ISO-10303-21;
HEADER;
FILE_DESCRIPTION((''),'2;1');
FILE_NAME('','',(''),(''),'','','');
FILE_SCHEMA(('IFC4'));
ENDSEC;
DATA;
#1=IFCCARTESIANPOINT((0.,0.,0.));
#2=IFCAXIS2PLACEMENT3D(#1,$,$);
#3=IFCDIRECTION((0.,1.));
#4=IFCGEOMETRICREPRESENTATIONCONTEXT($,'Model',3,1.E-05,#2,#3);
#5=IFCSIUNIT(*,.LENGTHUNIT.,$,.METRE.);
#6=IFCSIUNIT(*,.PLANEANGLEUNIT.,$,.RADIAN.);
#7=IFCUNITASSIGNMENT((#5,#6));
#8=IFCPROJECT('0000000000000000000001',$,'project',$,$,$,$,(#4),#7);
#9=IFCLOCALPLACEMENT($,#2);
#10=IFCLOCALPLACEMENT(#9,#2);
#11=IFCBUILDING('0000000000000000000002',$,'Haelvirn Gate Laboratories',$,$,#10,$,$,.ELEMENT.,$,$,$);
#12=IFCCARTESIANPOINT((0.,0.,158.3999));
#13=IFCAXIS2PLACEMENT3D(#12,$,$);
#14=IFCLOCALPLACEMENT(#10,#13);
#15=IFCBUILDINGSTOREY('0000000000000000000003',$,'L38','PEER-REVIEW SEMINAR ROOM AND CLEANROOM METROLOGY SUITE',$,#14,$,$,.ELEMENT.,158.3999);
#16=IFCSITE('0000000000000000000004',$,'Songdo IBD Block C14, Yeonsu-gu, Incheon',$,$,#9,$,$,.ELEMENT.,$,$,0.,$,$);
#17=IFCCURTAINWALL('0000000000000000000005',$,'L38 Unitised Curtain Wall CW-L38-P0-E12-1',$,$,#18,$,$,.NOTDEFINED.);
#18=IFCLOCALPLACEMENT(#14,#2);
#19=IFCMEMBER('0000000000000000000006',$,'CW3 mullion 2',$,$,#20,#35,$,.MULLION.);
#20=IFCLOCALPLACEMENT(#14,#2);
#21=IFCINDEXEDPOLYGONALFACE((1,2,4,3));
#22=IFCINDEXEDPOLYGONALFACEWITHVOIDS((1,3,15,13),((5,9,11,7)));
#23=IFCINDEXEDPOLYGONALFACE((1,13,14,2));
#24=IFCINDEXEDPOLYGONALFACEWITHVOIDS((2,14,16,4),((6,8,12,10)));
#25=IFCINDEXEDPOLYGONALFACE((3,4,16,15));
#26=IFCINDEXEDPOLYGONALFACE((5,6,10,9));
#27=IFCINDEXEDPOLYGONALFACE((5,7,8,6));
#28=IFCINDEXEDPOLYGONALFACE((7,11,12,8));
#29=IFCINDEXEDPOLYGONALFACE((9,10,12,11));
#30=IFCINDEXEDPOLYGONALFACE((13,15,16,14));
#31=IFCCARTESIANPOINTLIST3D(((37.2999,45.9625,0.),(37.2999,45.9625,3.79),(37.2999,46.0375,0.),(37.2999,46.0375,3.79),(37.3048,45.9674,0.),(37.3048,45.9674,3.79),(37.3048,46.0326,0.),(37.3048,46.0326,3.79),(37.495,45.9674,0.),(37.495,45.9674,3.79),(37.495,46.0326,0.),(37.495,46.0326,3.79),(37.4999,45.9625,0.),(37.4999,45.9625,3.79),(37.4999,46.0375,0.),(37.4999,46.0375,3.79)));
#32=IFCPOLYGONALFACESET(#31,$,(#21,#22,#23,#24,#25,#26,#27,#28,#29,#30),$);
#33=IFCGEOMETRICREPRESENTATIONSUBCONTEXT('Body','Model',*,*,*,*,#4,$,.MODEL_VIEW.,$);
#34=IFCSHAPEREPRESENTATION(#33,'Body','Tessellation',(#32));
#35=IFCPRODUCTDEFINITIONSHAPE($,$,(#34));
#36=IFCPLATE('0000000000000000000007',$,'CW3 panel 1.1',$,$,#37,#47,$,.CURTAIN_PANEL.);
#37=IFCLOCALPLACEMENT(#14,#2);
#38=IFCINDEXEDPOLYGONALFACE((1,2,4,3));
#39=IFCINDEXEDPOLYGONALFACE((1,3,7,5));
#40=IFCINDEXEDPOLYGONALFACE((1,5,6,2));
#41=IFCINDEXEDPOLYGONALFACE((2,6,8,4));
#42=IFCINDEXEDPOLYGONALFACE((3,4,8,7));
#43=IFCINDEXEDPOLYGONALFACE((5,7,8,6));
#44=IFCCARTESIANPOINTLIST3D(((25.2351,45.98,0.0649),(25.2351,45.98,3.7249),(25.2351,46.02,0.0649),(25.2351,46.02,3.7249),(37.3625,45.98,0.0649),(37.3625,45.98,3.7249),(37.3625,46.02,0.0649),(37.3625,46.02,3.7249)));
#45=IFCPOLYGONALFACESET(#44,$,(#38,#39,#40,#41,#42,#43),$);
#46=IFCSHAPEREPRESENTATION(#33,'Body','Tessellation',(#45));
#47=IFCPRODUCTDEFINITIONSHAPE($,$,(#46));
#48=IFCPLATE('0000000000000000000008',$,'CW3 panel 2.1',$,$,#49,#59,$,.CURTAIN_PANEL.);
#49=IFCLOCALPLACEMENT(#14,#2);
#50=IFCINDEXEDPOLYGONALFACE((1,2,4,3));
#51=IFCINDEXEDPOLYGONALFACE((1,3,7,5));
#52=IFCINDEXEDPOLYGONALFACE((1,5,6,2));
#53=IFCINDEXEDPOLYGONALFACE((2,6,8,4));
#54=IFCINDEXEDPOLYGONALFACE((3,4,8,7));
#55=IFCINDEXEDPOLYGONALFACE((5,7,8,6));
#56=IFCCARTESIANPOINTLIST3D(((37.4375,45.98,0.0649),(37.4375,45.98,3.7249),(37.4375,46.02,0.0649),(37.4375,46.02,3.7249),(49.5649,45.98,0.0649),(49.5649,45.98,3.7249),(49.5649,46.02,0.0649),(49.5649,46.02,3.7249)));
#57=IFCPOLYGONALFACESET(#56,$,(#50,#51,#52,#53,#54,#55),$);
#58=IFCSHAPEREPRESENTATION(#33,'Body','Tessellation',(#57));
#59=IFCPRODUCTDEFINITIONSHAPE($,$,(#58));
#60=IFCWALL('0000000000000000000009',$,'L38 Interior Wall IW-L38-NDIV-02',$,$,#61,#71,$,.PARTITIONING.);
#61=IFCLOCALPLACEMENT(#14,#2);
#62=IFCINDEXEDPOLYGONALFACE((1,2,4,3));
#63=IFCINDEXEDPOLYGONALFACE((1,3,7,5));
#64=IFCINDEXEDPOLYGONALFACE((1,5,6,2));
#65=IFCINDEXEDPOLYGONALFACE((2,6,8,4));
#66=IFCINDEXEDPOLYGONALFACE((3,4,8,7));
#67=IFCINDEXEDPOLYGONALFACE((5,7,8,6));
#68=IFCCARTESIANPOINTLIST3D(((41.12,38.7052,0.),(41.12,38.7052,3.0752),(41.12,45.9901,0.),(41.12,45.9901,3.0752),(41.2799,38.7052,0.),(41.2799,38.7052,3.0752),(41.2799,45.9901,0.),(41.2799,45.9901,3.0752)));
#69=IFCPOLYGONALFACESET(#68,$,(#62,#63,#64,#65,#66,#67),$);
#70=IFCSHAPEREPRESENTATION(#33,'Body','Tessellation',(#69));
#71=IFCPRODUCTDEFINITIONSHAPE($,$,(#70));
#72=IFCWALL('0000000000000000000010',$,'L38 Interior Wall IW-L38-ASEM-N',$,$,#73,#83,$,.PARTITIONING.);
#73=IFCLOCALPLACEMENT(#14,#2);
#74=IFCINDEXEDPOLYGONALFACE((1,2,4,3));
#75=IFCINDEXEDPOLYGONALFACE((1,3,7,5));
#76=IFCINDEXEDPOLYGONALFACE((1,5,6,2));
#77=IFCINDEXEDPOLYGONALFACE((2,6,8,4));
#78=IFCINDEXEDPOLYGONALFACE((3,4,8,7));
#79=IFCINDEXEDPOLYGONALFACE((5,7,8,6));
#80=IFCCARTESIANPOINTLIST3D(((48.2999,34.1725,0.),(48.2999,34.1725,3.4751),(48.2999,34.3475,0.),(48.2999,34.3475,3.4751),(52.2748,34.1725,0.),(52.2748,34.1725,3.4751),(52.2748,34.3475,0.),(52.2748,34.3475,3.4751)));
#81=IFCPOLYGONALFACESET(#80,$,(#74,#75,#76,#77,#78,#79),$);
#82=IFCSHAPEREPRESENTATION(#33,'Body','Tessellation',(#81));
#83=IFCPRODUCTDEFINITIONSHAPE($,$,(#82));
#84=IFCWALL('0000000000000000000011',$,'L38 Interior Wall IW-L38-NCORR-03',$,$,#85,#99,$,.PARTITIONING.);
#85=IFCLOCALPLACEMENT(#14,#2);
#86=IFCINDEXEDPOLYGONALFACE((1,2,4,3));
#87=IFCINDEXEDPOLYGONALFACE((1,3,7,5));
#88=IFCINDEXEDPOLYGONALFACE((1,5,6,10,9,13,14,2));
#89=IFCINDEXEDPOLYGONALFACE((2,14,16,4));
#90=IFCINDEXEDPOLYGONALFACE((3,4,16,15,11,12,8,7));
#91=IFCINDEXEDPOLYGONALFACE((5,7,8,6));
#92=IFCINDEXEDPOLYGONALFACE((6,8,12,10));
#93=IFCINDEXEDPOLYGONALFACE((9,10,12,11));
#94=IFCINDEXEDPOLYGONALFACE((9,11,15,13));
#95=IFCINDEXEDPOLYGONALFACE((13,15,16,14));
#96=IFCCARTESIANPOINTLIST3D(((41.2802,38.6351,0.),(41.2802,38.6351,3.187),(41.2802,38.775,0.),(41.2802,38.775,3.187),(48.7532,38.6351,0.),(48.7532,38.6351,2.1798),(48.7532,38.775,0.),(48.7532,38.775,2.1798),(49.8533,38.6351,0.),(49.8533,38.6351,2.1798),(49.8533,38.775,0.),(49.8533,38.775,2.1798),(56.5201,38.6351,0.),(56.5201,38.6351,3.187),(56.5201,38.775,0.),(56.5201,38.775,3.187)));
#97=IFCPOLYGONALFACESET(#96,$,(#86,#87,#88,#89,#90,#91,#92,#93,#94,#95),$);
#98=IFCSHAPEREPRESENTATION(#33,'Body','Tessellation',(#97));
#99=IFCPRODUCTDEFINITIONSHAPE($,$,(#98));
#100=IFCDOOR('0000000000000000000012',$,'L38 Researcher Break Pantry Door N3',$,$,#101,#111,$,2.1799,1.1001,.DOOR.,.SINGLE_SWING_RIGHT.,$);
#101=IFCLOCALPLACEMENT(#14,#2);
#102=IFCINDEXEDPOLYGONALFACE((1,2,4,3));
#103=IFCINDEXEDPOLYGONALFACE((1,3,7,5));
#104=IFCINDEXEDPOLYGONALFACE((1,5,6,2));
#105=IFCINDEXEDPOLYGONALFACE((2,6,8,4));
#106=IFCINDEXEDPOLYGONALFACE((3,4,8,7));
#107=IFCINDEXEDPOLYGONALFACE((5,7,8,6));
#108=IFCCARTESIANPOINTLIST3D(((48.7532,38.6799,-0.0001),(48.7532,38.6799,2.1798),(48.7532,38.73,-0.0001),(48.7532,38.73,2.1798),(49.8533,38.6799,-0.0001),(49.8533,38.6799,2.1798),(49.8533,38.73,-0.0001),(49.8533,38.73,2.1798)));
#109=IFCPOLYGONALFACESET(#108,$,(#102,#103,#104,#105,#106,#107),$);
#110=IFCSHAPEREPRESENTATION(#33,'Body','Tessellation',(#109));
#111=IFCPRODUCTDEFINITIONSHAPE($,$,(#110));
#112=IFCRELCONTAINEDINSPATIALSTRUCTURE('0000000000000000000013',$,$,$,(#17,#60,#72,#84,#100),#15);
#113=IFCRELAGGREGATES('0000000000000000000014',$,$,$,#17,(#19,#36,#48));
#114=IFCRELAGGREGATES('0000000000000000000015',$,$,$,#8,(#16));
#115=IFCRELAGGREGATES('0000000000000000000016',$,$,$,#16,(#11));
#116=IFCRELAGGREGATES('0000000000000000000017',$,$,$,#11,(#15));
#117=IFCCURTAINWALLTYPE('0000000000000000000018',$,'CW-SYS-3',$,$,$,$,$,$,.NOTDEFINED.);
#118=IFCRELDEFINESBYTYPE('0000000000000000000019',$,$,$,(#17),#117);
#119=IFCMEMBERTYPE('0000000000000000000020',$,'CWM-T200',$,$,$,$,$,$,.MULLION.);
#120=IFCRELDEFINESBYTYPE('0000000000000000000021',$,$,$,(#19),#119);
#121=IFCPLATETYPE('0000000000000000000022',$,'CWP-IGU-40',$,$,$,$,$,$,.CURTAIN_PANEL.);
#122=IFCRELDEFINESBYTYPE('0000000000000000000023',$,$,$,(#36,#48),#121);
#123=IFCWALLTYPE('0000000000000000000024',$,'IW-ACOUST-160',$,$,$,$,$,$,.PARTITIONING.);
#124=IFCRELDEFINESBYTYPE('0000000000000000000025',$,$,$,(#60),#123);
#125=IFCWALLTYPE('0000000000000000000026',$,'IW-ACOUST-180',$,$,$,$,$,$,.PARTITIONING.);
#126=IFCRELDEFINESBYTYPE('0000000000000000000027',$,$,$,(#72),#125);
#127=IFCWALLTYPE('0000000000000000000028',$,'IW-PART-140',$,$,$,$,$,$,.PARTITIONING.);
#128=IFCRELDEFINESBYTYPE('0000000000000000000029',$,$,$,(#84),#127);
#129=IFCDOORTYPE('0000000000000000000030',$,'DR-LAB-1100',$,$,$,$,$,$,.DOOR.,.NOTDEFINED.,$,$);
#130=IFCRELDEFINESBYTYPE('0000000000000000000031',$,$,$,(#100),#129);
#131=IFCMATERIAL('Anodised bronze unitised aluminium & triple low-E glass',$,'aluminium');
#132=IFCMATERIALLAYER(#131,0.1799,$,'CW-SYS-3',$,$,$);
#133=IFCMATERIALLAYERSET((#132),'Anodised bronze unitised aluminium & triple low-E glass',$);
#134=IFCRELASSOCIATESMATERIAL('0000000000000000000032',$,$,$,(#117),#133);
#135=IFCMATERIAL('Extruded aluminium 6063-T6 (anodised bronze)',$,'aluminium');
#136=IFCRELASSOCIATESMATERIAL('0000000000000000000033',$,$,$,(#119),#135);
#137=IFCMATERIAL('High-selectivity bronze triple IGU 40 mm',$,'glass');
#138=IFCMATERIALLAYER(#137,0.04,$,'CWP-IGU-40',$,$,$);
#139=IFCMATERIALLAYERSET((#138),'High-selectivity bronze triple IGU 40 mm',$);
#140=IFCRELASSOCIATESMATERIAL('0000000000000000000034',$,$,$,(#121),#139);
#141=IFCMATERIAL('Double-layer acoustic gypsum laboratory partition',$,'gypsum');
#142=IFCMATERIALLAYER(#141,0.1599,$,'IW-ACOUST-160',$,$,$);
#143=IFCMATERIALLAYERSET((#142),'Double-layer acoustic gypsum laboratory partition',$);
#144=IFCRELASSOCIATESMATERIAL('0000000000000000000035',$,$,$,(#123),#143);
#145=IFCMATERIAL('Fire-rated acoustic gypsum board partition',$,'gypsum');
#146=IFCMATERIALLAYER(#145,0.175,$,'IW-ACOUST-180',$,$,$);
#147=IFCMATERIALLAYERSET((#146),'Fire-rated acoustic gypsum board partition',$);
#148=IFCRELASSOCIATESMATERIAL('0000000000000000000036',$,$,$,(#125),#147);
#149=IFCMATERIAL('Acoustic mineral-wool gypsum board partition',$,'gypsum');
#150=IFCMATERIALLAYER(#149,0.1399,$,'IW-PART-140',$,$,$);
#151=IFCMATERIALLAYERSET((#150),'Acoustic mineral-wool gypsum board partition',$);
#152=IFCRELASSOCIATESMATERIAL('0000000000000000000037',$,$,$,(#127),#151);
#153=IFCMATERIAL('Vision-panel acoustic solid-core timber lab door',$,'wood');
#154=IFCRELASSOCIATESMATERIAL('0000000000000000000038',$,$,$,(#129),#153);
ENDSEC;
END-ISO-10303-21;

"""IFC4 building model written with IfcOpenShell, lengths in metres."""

from ifc_helpers import new_model, si_unit, direction, frame, frame_2d, origin, origin_2d, place, context, subcontext, project, spatial, rectangle, hollow_rectangle, extrude, source, transform, mapped, material, layer, layer_set, material_profile, profile_set, type_object, type_shapes, element, fill, aggregate, save


model = new_model("IFC4")

# Units and contexts
model_context = context("Model", 3, precision=1e-05, world=origin(), true_north=direction((0.0, 1.0)))
body_context = subcontext(model_context, "Body", "Model", "MODEL_VIEW")
ifc_project = project(units=[si_unit("LENGTHUNIT", "METRE"), si_unit("PLANEANGLEUNIT", "RADIAN")], contexts=[model_context])

# Site, building, storey
site_placement = place(None, origin())
site = spatial("IfcSite", under=ifc_project, at=site_placement, Name="Songdo IBD Block C14, Yeonsu-gu, Incheon", CompositionType="ELEMENT", RefElevation=0.0)
building_placement = place(site_placement, origin())
building = spatial("IfcBuilding", under=site, at=building_placement, Name="Haelvirn Gate Laboratories", CompositionType="ELEMENT")
storey_placement = place(building_placement, frame((0.0, 0.0, 158.3999)))
storey = spatial("IfcBuildingStorey", under=building, at=storey_placement, Name="L38", Description="PEER-REVIEW SEMINAR ROOM AND CLEANROOM METROLOGY SUITE", CompositionType="ELEMENT", Elevation=158.3999)

# Curtain wall
ifc_material_1 = material(Name="Anodised bronze unitised aluminium & triple low-E glass", Category="aluminium")
ifc_layer_1 = layer(ifc_material_1, 0.1799, Name="CW-SYS-3")
ifc_layer_set_1 = layer_set([ifc_layer_1], Name="Anodised bronze unitised aluminium & triple low-E glass")
curtain_wall_type = type_object("IfcCurtainWallType", Name="CW-SYS-3", PredefinedType="NOTDEFINED", material=ifc_layer_set_1)
curtain_wall_1_placement = place(storey_placement, origin())
curtain_wall_1 = element("IfcCurtainWall", 1, at=curtain_wall_1_placement, inside=storey, type_object=curtain_wall_type, Name="L38 Unitised Curtain Wall CW-L38-P0-E12-1", PredefinedType="NOTDEFINED")
ifc_material_2 = material(Name="Extruded aluminium 6063-T6 (anodised bronze)", Category="aluminium")
ifc_material_profile_1 = material_profile(ifc_material_2, hollow_rectangle(XDim=0.075, YDim=0.2, WallThickness=0.0049, at=origin_2d()), Name="CWM-200x75x5")
ifc_profile_set_1 = profile_set([ifc_material_profile_1], Name="Extruded aluminium 6063-T6 (anodised bronze)")
member_type_1 = type_object("IfcMemberType", Name="CWM-T200", PredefinedType="MULLION", material=ifc_profile_set_1)
shared_shape_1 = source(origin(), body_context, "Body", "SweptSolid", [
    extrude(hollow_rectangle(XDim=0.075, YDim=0.2, WallThickness=0.0049, at=origin_2d()), origin(), (0.0, 0.0, 1.0), 3.79),
])
type_shapes(member_type_1, [shared_shape_1])

# Member
member_1_placement = place(storey_placement, frame((37.3999, 46.0, 0.0), z_axis=(0.0, 0.0, 1.0), x_axis=(0.0, 1.0, 0.0)))
member_1 = element("IfcMember", 2, at=member_1_placement, type_object=member_type_1, Name="CW3 mullion 2", PredefinedType="MULLION", context=body_context, shape_type="MappedRepresentation", body=[
    mapped(shared_shape_1, transform((0.0, 0.0, 0.0), scale=1.0)),
])

# Plates
ifc_material_3 = material(Name="High-selectivity bronze triple IGU 40 mm", Category="glass")
ifc_layer_2 = layer(ifc_material_3, 0.04, Name="CWP-IGU-40")
ifc_layer_set_2 = layer_set([ifc_layer_2], Name="High-selectivity bronze triple IGU 40 mm")
plate_type = type_object("IfcPlateType", Name="CWP-IGU-40", PredefinedType="CURTAIN_PANEL", material=ifc_layer_set_2)
shared_shape_2 = source(origin(), body_context, "Body", "SweptSolid", [
    extrude(rectangle(XDim=12.1274, YDim=0.04, at=origin_2d()), origin(), (0.0, 0.0, 1.0), 3.6599),
])
type_shapes(plate_type, [shared_shape_2])
plate_1_placement = place(storey_placement, frame((31.2988, 46.0, 0.0649), z_axis=(0.0, 0.0, 1.0), x_axis=(1.0, 0.0, 0.0)))
plate_1 = element("IfcPlate", 3, at=plate_1_placement, type_object=plate_type, Name="CW3 panel 1.1", PredefinedType="CURTAIN_PANEL", context=body_context, shape_type="MappedRepresentation", body=[
    mapped(shared_shape_2, transform((0.0, 0.0, 0.0), scale=1.0)),
])
plate_2_placement = place(storey_placement, frame((43.5012, 46.0, 0.0649), z_axis=(0.0, 0.0, 1.0), x_axis=(1.0, 0.0, 0.0)))
plate_2 = element("IfcPlate", 4, at=plate_2_placement, type_object=plate_type, Name="CW3 panel 2.1", PredefinedType="CURTAIN_PANEL", context=body_context, shape_type="MappedRepresentation", body=[
    mapped(shared_shape_2, transform((0.0, 0.0, 0.0), scale=1.0)),
])
aggregate(curtain_wall_1, [member_1, plate_1, plate_2])

# Walls
ifc_material_4 = material(Name="Double-layer acoustic gypsum laboratory partition", Category="gypsum")
ifc_layer_3 = layer(ifc_material_4, 0.1599, Name="IW-ACOUST-160")
ifc_layer_set_3 = layer_set([ifc_layer_3], Name="Double-layer acoustic gypsum laboratory partition")
wall_type_1 = type_object("IfcWallType", Name="IW-ACOUST-160", PredefinedType="PARTITIONING", material=ifc_layer_set_3)
wall_1_placement = place(storey_placement, frame((41.2, 38.7051, 0.0), z_axis=(0.0, 0.0, 1.0), x_axis=(0.0, 1.0, 0.0)))
element("IfcWall", 5, at=wall_1_placement, inside=storey, type_object=wall_type_1, Name="L38 Interior Wall IW-L38-NDIV-02", PredefinedType="PARTITIONING", context=body_context, shape_type="SweptSolid", body=[
    extrude(rectangle(XDim=7.2849, YDim=0.1599, at=frame_2d((3.6426, 0.0))), origin(), (0.0, 0.0, 1.0), 3.0752),
])
ifc_material_5 = material(Name="Fire-rated acoustic gypsum board partition", Category="gypsum")
ifc_layer_4 = layer(ifc_material_5, 0.175, Name="IW-ACOUST-180")
ifc_layer_set_4 = layer_set([ifc_layer_4], Name="Fire-rated acoustic gypsum board partition")
wall_type_2 = type_object("IfcWallType", Name="IW-ACOUST-180", PredefinedType="PARTITIONING", material=ifc_layer_set_4)
wall_2_placement = place(storey_placement, frame((48.3, 34.26, 0.0), z_axis=(0.0, 0.0, 1.0), x_axis=(1.0, 0.0, 0.0)))
element("IfcWall", 6, at=wall_2_placement, inside=storey, type_object=wall_type_2, Name="L38 Interior Wall IW-L38-ASEM-N", PredefinedType="PARTITIONING", context=body_context, shape_type="SweptSolid", body=[
    extrude(rectangle(XDim=3.9749, YDim=0.175, at=frame_2d((1.9873, 0.0))), origin(), (0.0, 0.0, 1.0), 3.4751),
])

# Wall, opening, door
ifc_material_6 = material(Name="Acoustic mineral-wool gypsum board partition", Category="gypsum")
ifc_layer_5 = layer(ifc_material_6, 0.1399, Name="IW-PART-140")
ifc_layer_set_5 = layer_set([ifc_layer_5], Name="Acoustic mineral-wool gypsum board partition")
wall_type_3 = type_object("IfcWallType", Name="IW-PART-140", PredefinedType="PARTITIONING", material=ifc_layer_set_5)
wall_3_placement = place(storey_placement, frame((41.28, 38.7051, 0.0), z_axis=(0.0, 0.0, 1.0), x_axis=(1.0, 0.0, 0.0)))
wall_3 = element("IfcWall", 7, at=wall_3_placement, inside=storey, type_object=wall_type_3, Name="L38 Interior Wall IW-L38-NCORR-03", PredefinedType="PARTITIONING", context=body_context, shape_type="SweptSolid", body=[
    extrude(rectangle(XDim=15.24, YDim=0.1399, at=frame_2d((7.6201, 0.0))), origin(), (0.0, 0.0, 1.0), 3.187),
])
opening_placement = place(wall_3_placement, frame((7.4731, 0.0, 0.0)))
opening = element("IfcOpeningElement", 8, at=opening_placement, cuts=wall_3, PredefinedType="OPENING", context=body_context, shape_type="SweptSolid", body=[
    extrude(rectangle(XDim=1.1001, YDim=2.1799, at=frame_2d((0.55, 1.0898))), frame((0.0, 0.0801, 0.0), z_axis=(0.0, -1.0, 0.0), x_axis=(1.0, 0.0, 0.0)), (0.0, 0.0, 1.0), 0.1599),
])
ifc_material_7 = material(Name="Vision-panel acoustic solid-core timber lab door", Category="wood")
door_type = type_object("IfcDoorType", Name="DR-LAB-1100", OperationType="NOTDEFINED", PredefinedType="DOOR", material=ifc_material_7)
shared_shape_3 = source(origin(), body_context, "Body", "SweptSolid", [
    extrude(rectangle(XDim=1.1001, YDim=2.1799, at=frame_2d((0.55, 1.0898))), frame((0.0, 0.0249, 0.0), z_axis=(0.0, -1.0, 0.0), x_axis=(1.0, 0.0, 0.0)), (0.0, 0.0, 1.0), 0.05),
])
type_shapes(door_type, [shared_shape_3])
door_placement = place(opening_placement, origin())
door = element("IfcDoor", 9, at=door_placement, inside=storey, type_object=door_type, Name="L38 Researcher Break Pantry Door N3", OperationType="SINGLE_SWING_RIGHT", OverallHeight=2.1799, OverallWidth=1.1001, PredefinedType="DOOR", context=body_context, shape_type="MappedRepresentation", body=[
    mapped(shared_shape_3, transform((0.0, 0.0, 0.0), scale=1.0)),
])
fill(opening, door)

save(model, "model.ifc")
